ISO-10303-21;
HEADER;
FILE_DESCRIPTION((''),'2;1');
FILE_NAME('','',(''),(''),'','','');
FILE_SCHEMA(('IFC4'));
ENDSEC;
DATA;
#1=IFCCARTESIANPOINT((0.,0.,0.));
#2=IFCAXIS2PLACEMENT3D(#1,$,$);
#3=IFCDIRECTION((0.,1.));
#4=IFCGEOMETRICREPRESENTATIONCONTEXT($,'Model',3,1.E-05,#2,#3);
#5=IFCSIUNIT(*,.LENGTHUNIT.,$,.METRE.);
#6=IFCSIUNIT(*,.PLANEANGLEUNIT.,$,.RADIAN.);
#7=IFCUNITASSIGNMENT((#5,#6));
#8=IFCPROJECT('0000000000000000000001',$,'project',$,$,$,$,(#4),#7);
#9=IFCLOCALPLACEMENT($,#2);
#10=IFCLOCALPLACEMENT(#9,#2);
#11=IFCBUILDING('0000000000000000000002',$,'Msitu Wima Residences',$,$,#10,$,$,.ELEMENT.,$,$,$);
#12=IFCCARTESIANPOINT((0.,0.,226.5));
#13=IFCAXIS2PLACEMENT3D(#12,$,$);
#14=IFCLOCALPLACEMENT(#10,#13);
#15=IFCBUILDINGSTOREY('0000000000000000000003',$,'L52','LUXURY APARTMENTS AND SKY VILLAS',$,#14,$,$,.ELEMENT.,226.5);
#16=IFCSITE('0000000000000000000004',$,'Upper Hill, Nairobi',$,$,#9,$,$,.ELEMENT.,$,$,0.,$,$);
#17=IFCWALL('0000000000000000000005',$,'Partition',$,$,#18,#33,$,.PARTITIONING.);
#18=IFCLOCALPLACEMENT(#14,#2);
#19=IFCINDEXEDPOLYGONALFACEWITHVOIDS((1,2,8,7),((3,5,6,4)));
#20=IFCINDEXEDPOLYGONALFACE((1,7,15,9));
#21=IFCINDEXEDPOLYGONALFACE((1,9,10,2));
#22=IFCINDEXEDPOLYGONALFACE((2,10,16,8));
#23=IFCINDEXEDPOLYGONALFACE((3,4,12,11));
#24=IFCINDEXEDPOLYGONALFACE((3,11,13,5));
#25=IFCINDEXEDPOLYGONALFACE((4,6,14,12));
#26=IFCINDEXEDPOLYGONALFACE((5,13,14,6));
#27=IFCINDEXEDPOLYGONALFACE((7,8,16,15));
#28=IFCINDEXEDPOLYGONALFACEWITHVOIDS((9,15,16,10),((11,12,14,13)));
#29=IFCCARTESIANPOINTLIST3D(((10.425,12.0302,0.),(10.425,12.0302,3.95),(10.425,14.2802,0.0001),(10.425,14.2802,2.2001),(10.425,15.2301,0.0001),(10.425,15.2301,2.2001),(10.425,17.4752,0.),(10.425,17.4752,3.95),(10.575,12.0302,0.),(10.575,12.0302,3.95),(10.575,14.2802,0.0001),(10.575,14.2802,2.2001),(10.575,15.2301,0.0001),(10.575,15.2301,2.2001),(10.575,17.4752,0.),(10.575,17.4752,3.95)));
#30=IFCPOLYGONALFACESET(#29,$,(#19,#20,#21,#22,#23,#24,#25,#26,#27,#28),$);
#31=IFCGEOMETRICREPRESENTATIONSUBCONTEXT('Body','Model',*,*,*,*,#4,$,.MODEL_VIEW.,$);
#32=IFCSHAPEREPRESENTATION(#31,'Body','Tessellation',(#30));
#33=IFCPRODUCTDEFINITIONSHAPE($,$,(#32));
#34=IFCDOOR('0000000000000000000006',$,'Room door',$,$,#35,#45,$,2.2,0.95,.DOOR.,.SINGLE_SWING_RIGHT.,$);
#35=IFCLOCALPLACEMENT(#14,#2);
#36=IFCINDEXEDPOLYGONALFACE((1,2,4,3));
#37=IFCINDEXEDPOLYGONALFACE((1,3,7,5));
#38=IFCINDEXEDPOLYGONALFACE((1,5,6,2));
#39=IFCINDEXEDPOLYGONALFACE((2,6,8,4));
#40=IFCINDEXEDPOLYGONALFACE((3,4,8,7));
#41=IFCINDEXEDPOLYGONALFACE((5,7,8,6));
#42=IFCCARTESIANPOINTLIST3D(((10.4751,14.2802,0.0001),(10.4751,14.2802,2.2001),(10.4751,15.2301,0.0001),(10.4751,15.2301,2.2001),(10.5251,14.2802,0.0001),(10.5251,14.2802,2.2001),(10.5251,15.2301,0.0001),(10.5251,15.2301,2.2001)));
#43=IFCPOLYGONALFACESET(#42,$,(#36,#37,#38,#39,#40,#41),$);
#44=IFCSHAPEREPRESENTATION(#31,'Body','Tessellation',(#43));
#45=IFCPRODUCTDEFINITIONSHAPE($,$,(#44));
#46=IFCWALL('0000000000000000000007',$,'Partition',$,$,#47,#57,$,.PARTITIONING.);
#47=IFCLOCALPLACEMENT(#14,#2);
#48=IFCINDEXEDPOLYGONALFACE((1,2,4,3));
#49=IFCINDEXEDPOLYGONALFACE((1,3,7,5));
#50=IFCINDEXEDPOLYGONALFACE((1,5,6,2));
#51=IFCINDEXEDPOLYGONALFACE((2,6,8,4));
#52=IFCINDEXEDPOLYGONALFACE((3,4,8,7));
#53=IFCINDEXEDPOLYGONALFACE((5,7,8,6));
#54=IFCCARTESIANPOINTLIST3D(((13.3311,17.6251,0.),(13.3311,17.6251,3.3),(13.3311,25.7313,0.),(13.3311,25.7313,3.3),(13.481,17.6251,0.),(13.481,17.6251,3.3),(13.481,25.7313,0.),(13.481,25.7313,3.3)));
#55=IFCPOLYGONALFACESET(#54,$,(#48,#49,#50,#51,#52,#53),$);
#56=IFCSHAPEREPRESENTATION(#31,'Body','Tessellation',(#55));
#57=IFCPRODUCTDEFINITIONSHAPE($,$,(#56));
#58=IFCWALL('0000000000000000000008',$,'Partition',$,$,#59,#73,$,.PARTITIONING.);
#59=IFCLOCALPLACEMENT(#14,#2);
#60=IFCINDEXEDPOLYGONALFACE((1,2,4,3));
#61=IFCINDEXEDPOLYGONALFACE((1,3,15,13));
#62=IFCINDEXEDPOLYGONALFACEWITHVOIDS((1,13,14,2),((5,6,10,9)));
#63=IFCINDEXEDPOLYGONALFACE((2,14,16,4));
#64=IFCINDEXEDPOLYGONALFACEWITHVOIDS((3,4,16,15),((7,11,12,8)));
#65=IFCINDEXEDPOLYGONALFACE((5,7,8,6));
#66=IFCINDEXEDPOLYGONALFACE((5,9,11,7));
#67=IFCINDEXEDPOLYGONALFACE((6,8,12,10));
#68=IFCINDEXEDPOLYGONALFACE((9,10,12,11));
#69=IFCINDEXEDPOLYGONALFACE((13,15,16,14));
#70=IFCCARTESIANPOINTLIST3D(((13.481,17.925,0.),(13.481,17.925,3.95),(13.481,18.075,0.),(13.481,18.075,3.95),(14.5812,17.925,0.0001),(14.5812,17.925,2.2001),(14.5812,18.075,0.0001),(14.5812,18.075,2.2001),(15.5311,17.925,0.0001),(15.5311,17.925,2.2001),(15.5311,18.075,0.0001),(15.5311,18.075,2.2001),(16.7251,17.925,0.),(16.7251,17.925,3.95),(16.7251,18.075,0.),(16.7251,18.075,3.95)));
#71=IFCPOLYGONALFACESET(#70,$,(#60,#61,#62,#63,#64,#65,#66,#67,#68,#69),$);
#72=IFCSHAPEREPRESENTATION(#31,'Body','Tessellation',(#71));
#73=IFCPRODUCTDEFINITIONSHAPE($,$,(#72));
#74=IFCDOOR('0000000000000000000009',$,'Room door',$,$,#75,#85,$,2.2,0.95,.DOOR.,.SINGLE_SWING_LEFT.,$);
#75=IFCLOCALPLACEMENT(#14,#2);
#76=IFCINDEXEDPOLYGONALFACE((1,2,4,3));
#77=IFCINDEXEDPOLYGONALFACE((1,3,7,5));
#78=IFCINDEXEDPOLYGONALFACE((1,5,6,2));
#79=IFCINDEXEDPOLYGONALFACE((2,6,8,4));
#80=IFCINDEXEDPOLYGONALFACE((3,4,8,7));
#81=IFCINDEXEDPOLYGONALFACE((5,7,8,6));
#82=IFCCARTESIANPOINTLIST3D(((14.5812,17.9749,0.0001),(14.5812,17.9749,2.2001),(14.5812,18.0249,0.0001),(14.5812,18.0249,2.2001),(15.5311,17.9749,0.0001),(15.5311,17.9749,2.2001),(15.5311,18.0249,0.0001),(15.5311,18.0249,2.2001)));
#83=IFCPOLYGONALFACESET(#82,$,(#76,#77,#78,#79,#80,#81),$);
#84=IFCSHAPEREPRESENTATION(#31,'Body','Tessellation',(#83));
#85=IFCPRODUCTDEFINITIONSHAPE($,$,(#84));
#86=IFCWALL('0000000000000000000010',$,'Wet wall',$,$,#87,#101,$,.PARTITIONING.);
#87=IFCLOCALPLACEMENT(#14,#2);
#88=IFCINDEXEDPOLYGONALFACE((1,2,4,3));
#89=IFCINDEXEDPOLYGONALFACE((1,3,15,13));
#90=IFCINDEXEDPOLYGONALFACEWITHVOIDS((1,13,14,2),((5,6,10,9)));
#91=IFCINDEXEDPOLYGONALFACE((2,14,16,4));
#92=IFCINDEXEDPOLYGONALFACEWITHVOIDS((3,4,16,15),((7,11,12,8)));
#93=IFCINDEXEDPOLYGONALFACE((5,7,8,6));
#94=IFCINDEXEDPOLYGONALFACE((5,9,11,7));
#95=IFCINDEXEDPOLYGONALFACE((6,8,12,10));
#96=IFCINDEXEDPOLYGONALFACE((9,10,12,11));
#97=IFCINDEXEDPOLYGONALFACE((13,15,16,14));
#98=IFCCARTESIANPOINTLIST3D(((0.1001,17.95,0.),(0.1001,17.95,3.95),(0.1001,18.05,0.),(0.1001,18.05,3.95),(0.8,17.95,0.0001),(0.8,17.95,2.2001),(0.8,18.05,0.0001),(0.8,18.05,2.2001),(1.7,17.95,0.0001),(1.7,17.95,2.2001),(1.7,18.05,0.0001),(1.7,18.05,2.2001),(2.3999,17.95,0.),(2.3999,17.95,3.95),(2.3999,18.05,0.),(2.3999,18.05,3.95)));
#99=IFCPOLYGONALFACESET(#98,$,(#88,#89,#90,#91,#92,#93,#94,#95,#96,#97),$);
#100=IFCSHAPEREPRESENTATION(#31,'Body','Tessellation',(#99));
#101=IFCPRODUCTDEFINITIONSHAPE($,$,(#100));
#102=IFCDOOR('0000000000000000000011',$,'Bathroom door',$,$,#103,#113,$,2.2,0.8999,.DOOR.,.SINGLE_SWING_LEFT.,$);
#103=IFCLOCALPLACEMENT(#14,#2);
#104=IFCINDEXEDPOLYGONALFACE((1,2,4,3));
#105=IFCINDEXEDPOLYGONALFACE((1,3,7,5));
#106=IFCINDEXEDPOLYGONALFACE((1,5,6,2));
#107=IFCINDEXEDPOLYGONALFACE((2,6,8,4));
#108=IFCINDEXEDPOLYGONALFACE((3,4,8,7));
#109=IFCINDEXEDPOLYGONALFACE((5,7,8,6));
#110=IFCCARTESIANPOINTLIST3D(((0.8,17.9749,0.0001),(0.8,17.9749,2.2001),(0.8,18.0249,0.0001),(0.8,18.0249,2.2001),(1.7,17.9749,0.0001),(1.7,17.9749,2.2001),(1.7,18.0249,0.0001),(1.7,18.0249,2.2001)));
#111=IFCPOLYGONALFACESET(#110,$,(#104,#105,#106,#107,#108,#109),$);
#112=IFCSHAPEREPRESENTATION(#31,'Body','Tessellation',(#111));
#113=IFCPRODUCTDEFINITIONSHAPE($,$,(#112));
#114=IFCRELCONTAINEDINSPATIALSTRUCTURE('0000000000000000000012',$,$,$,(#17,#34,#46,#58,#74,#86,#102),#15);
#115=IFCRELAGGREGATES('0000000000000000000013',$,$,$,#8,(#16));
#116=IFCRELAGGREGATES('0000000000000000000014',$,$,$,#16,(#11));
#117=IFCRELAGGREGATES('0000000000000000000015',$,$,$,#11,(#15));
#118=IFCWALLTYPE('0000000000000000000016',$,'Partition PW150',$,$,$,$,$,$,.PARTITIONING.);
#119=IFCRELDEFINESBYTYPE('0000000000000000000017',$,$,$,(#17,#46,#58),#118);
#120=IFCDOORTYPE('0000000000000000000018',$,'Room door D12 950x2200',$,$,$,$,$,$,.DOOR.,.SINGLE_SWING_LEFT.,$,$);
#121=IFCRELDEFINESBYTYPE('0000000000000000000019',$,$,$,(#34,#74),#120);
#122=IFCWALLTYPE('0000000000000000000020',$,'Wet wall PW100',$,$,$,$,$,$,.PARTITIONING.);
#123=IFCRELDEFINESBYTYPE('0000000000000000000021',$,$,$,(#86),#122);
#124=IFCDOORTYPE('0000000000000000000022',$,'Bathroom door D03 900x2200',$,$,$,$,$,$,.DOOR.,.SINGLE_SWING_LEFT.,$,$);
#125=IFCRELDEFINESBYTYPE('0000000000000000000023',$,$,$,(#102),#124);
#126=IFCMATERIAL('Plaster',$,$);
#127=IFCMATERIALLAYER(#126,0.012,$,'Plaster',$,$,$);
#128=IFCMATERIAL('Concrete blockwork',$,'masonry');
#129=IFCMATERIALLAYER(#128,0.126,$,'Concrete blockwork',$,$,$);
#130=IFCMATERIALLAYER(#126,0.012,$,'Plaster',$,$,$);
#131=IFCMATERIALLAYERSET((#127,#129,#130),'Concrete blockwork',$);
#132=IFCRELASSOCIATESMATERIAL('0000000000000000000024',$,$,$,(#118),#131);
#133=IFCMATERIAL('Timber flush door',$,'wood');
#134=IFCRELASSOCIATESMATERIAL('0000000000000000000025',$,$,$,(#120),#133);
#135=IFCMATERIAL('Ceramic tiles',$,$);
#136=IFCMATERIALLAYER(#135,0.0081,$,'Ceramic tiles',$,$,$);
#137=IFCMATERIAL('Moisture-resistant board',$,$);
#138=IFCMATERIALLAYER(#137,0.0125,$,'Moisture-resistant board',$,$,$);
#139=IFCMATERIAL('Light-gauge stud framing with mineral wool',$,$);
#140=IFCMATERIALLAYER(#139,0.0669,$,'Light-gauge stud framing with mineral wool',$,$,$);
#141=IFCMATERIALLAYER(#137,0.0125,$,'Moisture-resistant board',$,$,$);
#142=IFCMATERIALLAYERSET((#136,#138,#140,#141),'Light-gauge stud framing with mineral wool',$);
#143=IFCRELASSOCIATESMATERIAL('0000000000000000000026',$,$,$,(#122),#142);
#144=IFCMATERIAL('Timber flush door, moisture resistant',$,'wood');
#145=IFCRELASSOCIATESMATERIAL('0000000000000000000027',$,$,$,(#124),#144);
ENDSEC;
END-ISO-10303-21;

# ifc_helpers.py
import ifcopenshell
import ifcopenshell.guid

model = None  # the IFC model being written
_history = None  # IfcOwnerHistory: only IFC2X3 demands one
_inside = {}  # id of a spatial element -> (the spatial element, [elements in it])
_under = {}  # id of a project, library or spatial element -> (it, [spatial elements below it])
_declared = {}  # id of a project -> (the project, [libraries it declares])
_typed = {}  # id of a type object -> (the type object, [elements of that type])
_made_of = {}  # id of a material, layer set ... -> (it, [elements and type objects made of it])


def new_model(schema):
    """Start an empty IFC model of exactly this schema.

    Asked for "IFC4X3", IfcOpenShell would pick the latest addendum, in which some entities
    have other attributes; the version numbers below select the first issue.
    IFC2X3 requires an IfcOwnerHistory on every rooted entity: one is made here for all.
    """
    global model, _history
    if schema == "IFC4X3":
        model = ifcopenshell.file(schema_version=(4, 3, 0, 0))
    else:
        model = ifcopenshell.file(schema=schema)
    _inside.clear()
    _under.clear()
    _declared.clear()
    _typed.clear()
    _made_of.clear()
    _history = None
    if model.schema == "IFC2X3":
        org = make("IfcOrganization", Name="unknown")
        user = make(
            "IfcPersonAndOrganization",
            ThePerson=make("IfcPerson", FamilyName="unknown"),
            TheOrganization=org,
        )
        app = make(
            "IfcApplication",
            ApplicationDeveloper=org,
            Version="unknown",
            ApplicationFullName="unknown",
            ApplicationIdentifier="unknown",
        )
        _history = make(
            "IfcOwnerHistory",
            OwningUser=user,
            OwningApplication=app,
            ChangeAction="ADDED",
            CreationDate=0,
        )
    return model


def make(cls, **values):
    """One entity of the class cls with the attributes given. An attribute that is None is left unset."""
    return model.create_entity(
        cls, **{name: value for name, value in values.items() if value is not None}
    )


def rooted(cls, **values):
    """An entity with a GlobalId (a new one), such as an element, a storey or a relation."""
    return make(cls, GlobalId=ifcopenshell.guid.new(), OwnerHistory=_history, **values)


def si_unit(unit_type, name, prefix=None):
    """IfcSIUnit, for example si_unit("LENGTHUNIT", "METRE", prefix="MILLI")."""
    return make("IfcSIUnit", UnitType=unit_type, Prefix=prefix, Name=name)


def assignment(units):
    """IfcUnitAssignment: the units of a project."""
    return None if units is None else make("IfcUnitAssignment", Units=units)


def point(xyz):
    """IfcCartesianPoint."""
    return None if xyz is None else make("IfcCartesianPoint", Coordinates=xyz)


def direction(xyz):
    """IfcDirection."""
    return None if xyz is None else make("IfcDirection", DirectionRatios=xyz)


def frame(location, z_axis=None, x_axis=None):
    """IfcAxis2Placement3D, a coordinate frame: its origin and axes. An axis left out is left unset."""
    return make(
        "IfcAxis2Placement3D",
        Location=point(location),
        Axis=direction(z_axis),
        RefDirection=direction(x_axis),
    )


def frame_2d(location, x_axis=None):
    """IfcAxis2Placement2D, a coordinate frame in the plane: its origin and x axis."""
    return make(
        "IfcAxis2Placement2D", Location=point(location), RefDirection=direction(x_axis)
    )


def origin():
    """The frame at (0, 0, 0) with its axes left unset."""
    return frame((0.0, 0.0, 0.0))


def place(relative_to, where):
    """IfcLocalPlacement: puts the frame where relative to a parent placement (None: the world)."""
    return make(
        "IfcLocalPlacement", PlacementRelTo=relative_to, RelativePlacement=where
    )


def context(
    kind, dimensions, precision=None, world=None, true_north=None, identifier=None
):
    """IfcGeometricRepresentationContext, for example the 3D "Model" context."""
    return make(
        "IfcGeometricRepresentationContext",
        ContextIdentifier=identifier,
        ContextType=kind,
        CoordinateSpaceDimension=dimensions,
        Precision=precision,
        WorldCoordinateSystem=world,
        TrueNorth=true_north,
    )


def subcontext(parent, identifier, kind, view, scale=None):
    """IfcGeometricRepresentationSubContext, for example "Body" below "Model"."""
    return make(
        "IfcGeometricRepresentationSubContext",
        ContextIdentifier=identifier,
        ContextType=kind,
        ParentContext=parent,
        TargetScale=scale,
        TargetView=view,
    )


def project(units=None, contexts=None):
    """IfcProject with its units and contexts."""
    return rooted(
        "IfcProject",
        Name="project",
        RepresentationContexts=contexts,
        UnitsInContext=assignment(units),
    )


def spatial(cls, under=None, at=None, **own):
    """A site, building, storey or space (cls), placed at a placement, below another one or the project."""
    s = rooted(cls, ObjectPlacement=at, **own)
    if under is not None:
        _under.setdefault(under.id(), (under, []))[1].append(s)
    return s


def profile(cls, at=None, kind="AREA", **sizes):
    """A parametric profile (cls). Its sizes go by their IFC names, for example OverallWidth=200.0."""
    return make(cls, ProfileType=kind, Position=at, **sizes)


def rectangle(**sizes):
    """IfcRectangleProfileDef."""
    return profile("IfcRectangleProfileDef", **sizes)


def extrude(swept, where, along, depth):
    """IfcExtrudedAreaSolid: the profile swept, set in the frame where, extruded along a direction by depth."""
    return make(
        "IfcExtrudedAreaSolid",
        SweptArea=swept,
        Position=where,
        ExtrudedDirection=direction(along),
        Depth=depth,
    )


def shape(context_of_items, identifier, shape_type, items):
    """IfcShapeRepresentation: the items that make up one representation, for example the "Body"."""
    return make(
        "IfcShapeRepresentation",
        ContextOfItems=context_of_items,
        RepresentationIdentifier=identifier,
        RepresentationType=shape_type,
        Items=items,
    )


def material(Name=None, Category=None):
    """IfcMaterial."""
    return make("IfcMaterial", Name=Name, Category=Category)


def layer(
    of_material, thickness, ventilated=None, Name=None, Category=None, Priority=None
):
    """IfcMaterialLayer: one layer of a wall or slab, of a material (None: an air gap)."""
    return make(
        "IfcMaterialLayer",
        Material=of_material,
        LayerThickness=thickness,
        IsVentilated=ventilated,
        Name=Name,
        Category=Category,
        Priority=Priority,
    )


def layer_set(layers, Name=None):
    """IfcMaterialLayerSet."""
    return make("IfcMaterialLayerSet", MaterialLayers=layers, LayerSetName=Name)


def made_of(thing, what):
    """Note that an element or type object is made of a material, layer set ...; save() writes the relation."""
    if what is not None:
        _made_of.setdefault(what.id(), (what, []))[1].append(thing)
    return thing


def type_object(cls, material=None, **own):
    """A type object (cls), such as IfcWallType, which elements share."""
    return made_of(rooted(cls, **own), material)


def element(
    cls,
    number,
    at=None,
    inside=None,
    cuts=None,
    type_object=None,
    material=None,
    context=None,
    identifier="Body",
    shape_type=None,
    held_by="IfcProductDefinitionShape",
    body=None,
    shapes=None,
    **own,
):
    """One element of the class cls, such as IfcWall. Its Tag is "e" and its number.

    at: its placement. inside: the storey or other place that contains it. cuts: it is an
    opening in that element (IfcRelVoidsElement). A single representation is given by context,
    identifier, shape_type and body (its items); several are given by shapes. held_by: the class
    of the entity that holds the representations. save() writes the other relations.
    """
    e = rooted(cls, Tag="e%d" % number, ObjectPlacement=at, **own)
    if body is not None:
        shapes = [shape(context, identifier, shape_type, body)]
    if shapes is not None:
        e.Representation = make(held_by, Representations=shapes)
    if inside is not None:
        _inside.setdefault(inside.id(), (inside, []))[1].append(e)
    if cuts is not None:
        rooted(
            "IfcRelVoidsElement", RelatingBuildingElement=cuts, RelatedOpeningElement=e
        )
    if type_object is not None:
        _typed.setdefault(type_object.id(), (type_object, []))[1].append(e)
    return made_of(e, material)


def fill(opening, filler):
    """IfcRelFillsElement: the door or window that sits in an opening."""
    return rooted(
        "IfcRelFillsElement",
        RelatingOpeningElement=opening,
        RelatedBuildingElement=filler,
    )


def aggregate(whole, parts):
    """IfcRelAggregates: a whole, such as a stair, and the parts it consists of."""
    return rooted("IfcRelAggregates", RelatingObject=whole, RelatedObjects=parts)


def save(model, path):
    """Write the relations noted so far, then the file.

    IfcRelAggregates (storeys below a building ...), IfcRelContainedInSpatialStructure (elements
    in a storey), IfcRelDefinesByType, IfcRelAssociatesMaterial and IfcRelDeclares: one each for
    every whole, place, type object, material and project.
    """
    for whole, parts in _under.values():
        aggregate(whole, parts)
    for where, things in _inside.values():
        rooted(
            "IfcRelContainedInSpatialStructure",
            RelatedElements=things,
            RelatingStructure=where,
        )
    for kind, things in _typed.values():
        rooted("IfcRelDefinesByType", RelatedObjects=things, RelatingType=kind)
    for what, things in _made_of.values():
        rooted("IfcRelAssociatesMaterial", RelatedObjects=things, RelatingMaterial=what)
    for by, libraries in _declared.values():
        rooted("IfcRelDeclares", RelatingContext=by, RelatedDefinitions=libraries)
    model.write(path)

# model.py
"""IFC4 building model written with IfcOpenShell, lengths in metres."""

from ifc_helpers import new_model, si_unit, direction, frame, frame_2d, origin, place, context, subcontext, project, spatial, rectangle, extrude, material, layer, layer_set, type_object, element, fill, save


model = new_model("IFC4")

# Units and contexts
model_context = context("Model", 3, precision=1e-05, world=origin(), true_north=direction((0.0, 1.0)))
body_context = subcontext(model_context, "Body", "Model", "MODEL_VIEW")
ifc_project = project(units=[si_unit("LENGTHUNIT", "METRE"), si_unit("PLANEANGLEUNIT", "RADIAN")], contexts=[model_context])

# Site, building, storey
site_placement = place(None, origin())
site = spatial("IfcSite", under=ifc_project, at=site_placement, Name="Upper Hill, Nairobi", CompositionType="ELEMENT", RefElevation=0.0)
building_placement = place(site_placement, origin())
building = spatial("IfcBuilding", under=site, at=building_placement, Name="Msitu Wima Residences", CompositionType="ELEMENT")
storey_placement = place(building_placement, frame((0.0, 0.0, 226.5)))
storey = spatial("IfcBuildingStorey", under=building, at=storey_placement, Name="L52", Description="LUXURY APARTMENTS AND SKY VILLAS", CompositionType="ELEMENT", Elevation=226.5)

# Shared definitions
ifc_material_1 = material(Name="Plaster")
ifc_layer_1 = layer(ifc_material_1, 0.012, Name="Plaster")
ifc_material_2 = material(Name="Concrete blockwork", Category="masonry")
ifc_layer_2 = layer(ifc_material_2, 0.126, Name="Concrete blockwork")
ifc_layer_3 = layer(ifc_material_1, 0.012, Name="Plaster")
ifc_layer_set_1 = layer_set([ifc_layer_1, ifc_layer_2, ifc_layer_3], Name="Concrete blockwork")
wall_type_1 = type_object("IfcWallType", Name="Partition PW150", PredefinedType="PARTITIONING", material=ifc_layer_set_1)
ifc_material_3 = material(Name="Timber flush door", Category="wood")
door_type_1 = type_object("IfcDoorType", Name="Room door D12 950x2200", OperationType="SINGLE_SWING_LEFT", PredefinedType="DOOR", material=ifc_material_3)

# Wall, opening, door
wall_1_placement = place(storey_placement, frame((10.5, 12.03, 0.0), z_axis=(0.0, 0.0, 1.0), x_axis=(0.0, 1.0, 0.0)))
wall_1 = element("IfcWall", 1, at=wall_1_placement, inside=storey, type_object=wall_type_1, Name="Partition", PredefinedType="PARTITIONING", context=body_context, shape_type="SweptSolid", body=[
    extrude(rectangle(XDim=5.4451, YDim=0.1499, at=frame_2d((2.7227, 0.0))), origin(), (0.0, 0.0, 1.0), 3.95),
])
opening_1_placement = place(wall_1_placement, frame((2.25, 0.0, 0.0)))
opening_1 = element("IfcOpeningElement", 2, at=opening_1_placement, cuts=wall_1, PredefinedType="OPENING", context=body_context, shape_type="SweptSolid", body=[
    extrude(rectangle(XDim=0.95, YDim=2.2, at=frame_2d((0.4751, 1.1001))), frame((0.0, 0.085, 0.0), z_axis=(0.0, -1.0, 0.0), x_axis=(1.0, 0.0, 0.0)), (0.0, 0.0, 1.0), 0.1699),
])
door_1_placement = place(opening_1_placement, origin())
door_1 = element("IfcDoor", 3, at=door_1_placement, inside=storey, type_object=door_type_1, Name="Room door", OperationType="SINGLE_SWING_RIGHT", OverallHeight=2.2, OverallWidth=0.95, PredefinedType="DOOR", context=body_context, shape_type="SweptSolid", body=[
    extrude(rectangle(XDim=0.95, YDim=2.2, at=frame_2d((0.4751, 1.1001))), frame((0.0, 0.0249, 0.0), z_axis=(0.0, -1.0, 0.0), x_axis=(1.0, 0.0, 0.0)), (0.0, 0.0, 1.0), 0.05),
])
fill(opening_1, door_1)

# Wall
wall_2_placement = place(storey_placement, frame((13.406, 17.625, 0.0), z_axis=(0.0, 0.0, 1.0), x_axis=(0.0, 1.0, 0.0)))
element("IfcWall", 4, at=wall_2_placement, inside=storey, type_object=wall_type_1, Name="Partition", PredefinedType="PARTITIONING", context=body_context, shape_type="SweptSolid", body=[
    extrude(rectangle(XDim=8.1062, YDim=0.1499, at=frame_2d((4.0532, 0.0))), origin(), (0.0, 0.0, 1.0), 3.3),
])

# Walls, openings, doors
wall_3_placement = place(storey_placement, frame((13.481, 18.0, 0.0), z_axis=(0.0, 0.0, 1.0), x_axis=(1.0, 0.0, 0.0)))
wall_3 = element("IfcWall", 5, at=wall_3_placement, inside=storey, type_object=wall_type_1, Name="Partition", PredefinedType="PARTITIONING", context=body_context, shape_type="SweptSolid", body=[
    extrude(rectangle(XDim=3.2441, YDim=0.1499, at=frame_2d((1.6221, 0.0))), origin(), (0.0, 0.0, 1.0), 3.95),
])
opening_2_placement = place(wall_3_placement, frame((1.1001, 0.0, 0.0)))
opening_2 = element("IfcOpeningElement", 6, at=opening_2_placement, cuts=wall_3, PredefinedType="OPENING", context=body_context, shape_type="SweptSolid", body=[
    extrude(rectangle(XDim=0.95, YDim=2.2, at=frame_2d((0.4751, 1.1001))), frame((0.0, 0.085, 0.0), z_axis=(0.0, -1.0, 0.0), x_axis=(1.0, 0.0, 0.0)), (0.0, 0.0, 1.0), 0.1699),
])
door_2_placement = place(opening_2_placement, origin())
door_2 = element("IfcDoor", 7, at=door_2_placement, inside=storey, type_object=door_type_1, Name="Room door", OperationType="SINGLE_SWING_LEFT", OverallHeight=2.2, OverallWidth=0.95, PredefinedType="DOOR", context=body_context, shape_type="SweptSolid", body=[
    extrude(rectangle(XDim=0.95, YDim=2.2, at=frame_2d((0.4751, 1.1001))), frame((0.0, 0.0249, 0.0), z_axis=(0.0, -1.0, 0.0), x_axis=(1.0, 0.0, 0.0)), (0.0, 0.0, 1.0), 0.05),
])
fill(opening_2, door_2)
ifc_material_4 = material(Name="Ceramic tiles")
ifc_layer_4 = layer(ifc_material_4, 0.0081, Name="Ceramic tiles")
ifc_material_5 = material(Name="Moisture-resistant board")
ifc_layer_5 = layer(ifc_material_5, 0.0125, Name="Moisture-resistant board")
ifc_material_6 = material(Name="Light-gauge stud framing with mineral wool")
ifc_layer_6 = layer(ifc_material_6, 0.0669, Name="Light-gauge stud framing with mineral wool")
ifc_layer_7 = layer(ifc_material_5, 0.0125, Name="Moisture-resistant board")
ifc_layer_set_2 = layer_set([ifc_layer_4, ifc_layer_5, ifc_layer_6, ifc_layer_7], Name="Light-gauge stud framing with mineral wool")
wall_type_2 = type_object("IfcWallType", Name="Wet wall PW100", PredefinedType="PARTITIONING", material=ifc_layer_set_2)
wall_4_placement = place(storey_placement, frame((0.1001, 18.0, 0.0), z_axis=(0.0, 0.0, 1.0), x_axis=(1.0, 0.0, 0.0)))
wall_4 = element("IfcWall", 8, at=wall_4_placement, inside=storey, type_object=wall_type_2, Name="Wet wall", PredefinedType="PARTITIONING", context=body_context, shape_type="SweptSolid", body=[
    extrude(rectangle(XDim=2.2998, YDim=0.1001, at=frame_2d((1.1499, 0.0))), origin(), (0.0, 0.0, 1.0), 3.95),
])
opening_3_placement = place(wall_4_placement, frame((0.7, 0.0, 0.0)))
opening_3 = element("IfcOpeningElement", 9, at=opening_3_placement, cuts=wall_4, PredefinedType="OPENING", context=body_context, shape_type="SweptSolid", body=[
    extrude(rectangle(XDim=0.8999, YDim=2.2, at=frame_2d((0.45, 1.1001))), frame((0.0, 0.0601, 0.0), z_axis=(0.0, -1.0, 0.0), x_axis=(1.0, 0.0, 0.0)), (0.0, 0.0, 1.0), 0.1201),
])
ifc_material_7 = material(Name="Timber flush door, moisture resistant", Category="wood")
door_type_2 = type_object("IfcDoorType", Name="Bathroom door D03 900x2200", OperationType="SINGLE_SWING_LEFT", PredefinedType="DOOR", material=ifc_material_7)
door_3_placement = place(opening_3_placement, origin())
door_3 = element("IfcDoor", 10, at=door_3_placement, inside=storey, type_object=door_type_2, Name="Bathroom door", OperationType="SINGLE_SWING_LEFT", OverallHeight=2.2, OverallWidth=0.8999, PredefinedType="DOOR", context=body_context, shape_type="SweptSolid", body=[
    extrude(rectangle(XDim=0.8999, YDim=2.2, at=frame_2d((0.45, 1.1001))), frame((0.0, 0.0249, 0.0), z_axis=(0.0, -1.0, 0.0), x_axis=(1.0, 0.0, 0.0)), (0.0, 0.0, 1.0), 0.05),
])
fill(opening_3, door_3)

save(model, "model.ifc")
